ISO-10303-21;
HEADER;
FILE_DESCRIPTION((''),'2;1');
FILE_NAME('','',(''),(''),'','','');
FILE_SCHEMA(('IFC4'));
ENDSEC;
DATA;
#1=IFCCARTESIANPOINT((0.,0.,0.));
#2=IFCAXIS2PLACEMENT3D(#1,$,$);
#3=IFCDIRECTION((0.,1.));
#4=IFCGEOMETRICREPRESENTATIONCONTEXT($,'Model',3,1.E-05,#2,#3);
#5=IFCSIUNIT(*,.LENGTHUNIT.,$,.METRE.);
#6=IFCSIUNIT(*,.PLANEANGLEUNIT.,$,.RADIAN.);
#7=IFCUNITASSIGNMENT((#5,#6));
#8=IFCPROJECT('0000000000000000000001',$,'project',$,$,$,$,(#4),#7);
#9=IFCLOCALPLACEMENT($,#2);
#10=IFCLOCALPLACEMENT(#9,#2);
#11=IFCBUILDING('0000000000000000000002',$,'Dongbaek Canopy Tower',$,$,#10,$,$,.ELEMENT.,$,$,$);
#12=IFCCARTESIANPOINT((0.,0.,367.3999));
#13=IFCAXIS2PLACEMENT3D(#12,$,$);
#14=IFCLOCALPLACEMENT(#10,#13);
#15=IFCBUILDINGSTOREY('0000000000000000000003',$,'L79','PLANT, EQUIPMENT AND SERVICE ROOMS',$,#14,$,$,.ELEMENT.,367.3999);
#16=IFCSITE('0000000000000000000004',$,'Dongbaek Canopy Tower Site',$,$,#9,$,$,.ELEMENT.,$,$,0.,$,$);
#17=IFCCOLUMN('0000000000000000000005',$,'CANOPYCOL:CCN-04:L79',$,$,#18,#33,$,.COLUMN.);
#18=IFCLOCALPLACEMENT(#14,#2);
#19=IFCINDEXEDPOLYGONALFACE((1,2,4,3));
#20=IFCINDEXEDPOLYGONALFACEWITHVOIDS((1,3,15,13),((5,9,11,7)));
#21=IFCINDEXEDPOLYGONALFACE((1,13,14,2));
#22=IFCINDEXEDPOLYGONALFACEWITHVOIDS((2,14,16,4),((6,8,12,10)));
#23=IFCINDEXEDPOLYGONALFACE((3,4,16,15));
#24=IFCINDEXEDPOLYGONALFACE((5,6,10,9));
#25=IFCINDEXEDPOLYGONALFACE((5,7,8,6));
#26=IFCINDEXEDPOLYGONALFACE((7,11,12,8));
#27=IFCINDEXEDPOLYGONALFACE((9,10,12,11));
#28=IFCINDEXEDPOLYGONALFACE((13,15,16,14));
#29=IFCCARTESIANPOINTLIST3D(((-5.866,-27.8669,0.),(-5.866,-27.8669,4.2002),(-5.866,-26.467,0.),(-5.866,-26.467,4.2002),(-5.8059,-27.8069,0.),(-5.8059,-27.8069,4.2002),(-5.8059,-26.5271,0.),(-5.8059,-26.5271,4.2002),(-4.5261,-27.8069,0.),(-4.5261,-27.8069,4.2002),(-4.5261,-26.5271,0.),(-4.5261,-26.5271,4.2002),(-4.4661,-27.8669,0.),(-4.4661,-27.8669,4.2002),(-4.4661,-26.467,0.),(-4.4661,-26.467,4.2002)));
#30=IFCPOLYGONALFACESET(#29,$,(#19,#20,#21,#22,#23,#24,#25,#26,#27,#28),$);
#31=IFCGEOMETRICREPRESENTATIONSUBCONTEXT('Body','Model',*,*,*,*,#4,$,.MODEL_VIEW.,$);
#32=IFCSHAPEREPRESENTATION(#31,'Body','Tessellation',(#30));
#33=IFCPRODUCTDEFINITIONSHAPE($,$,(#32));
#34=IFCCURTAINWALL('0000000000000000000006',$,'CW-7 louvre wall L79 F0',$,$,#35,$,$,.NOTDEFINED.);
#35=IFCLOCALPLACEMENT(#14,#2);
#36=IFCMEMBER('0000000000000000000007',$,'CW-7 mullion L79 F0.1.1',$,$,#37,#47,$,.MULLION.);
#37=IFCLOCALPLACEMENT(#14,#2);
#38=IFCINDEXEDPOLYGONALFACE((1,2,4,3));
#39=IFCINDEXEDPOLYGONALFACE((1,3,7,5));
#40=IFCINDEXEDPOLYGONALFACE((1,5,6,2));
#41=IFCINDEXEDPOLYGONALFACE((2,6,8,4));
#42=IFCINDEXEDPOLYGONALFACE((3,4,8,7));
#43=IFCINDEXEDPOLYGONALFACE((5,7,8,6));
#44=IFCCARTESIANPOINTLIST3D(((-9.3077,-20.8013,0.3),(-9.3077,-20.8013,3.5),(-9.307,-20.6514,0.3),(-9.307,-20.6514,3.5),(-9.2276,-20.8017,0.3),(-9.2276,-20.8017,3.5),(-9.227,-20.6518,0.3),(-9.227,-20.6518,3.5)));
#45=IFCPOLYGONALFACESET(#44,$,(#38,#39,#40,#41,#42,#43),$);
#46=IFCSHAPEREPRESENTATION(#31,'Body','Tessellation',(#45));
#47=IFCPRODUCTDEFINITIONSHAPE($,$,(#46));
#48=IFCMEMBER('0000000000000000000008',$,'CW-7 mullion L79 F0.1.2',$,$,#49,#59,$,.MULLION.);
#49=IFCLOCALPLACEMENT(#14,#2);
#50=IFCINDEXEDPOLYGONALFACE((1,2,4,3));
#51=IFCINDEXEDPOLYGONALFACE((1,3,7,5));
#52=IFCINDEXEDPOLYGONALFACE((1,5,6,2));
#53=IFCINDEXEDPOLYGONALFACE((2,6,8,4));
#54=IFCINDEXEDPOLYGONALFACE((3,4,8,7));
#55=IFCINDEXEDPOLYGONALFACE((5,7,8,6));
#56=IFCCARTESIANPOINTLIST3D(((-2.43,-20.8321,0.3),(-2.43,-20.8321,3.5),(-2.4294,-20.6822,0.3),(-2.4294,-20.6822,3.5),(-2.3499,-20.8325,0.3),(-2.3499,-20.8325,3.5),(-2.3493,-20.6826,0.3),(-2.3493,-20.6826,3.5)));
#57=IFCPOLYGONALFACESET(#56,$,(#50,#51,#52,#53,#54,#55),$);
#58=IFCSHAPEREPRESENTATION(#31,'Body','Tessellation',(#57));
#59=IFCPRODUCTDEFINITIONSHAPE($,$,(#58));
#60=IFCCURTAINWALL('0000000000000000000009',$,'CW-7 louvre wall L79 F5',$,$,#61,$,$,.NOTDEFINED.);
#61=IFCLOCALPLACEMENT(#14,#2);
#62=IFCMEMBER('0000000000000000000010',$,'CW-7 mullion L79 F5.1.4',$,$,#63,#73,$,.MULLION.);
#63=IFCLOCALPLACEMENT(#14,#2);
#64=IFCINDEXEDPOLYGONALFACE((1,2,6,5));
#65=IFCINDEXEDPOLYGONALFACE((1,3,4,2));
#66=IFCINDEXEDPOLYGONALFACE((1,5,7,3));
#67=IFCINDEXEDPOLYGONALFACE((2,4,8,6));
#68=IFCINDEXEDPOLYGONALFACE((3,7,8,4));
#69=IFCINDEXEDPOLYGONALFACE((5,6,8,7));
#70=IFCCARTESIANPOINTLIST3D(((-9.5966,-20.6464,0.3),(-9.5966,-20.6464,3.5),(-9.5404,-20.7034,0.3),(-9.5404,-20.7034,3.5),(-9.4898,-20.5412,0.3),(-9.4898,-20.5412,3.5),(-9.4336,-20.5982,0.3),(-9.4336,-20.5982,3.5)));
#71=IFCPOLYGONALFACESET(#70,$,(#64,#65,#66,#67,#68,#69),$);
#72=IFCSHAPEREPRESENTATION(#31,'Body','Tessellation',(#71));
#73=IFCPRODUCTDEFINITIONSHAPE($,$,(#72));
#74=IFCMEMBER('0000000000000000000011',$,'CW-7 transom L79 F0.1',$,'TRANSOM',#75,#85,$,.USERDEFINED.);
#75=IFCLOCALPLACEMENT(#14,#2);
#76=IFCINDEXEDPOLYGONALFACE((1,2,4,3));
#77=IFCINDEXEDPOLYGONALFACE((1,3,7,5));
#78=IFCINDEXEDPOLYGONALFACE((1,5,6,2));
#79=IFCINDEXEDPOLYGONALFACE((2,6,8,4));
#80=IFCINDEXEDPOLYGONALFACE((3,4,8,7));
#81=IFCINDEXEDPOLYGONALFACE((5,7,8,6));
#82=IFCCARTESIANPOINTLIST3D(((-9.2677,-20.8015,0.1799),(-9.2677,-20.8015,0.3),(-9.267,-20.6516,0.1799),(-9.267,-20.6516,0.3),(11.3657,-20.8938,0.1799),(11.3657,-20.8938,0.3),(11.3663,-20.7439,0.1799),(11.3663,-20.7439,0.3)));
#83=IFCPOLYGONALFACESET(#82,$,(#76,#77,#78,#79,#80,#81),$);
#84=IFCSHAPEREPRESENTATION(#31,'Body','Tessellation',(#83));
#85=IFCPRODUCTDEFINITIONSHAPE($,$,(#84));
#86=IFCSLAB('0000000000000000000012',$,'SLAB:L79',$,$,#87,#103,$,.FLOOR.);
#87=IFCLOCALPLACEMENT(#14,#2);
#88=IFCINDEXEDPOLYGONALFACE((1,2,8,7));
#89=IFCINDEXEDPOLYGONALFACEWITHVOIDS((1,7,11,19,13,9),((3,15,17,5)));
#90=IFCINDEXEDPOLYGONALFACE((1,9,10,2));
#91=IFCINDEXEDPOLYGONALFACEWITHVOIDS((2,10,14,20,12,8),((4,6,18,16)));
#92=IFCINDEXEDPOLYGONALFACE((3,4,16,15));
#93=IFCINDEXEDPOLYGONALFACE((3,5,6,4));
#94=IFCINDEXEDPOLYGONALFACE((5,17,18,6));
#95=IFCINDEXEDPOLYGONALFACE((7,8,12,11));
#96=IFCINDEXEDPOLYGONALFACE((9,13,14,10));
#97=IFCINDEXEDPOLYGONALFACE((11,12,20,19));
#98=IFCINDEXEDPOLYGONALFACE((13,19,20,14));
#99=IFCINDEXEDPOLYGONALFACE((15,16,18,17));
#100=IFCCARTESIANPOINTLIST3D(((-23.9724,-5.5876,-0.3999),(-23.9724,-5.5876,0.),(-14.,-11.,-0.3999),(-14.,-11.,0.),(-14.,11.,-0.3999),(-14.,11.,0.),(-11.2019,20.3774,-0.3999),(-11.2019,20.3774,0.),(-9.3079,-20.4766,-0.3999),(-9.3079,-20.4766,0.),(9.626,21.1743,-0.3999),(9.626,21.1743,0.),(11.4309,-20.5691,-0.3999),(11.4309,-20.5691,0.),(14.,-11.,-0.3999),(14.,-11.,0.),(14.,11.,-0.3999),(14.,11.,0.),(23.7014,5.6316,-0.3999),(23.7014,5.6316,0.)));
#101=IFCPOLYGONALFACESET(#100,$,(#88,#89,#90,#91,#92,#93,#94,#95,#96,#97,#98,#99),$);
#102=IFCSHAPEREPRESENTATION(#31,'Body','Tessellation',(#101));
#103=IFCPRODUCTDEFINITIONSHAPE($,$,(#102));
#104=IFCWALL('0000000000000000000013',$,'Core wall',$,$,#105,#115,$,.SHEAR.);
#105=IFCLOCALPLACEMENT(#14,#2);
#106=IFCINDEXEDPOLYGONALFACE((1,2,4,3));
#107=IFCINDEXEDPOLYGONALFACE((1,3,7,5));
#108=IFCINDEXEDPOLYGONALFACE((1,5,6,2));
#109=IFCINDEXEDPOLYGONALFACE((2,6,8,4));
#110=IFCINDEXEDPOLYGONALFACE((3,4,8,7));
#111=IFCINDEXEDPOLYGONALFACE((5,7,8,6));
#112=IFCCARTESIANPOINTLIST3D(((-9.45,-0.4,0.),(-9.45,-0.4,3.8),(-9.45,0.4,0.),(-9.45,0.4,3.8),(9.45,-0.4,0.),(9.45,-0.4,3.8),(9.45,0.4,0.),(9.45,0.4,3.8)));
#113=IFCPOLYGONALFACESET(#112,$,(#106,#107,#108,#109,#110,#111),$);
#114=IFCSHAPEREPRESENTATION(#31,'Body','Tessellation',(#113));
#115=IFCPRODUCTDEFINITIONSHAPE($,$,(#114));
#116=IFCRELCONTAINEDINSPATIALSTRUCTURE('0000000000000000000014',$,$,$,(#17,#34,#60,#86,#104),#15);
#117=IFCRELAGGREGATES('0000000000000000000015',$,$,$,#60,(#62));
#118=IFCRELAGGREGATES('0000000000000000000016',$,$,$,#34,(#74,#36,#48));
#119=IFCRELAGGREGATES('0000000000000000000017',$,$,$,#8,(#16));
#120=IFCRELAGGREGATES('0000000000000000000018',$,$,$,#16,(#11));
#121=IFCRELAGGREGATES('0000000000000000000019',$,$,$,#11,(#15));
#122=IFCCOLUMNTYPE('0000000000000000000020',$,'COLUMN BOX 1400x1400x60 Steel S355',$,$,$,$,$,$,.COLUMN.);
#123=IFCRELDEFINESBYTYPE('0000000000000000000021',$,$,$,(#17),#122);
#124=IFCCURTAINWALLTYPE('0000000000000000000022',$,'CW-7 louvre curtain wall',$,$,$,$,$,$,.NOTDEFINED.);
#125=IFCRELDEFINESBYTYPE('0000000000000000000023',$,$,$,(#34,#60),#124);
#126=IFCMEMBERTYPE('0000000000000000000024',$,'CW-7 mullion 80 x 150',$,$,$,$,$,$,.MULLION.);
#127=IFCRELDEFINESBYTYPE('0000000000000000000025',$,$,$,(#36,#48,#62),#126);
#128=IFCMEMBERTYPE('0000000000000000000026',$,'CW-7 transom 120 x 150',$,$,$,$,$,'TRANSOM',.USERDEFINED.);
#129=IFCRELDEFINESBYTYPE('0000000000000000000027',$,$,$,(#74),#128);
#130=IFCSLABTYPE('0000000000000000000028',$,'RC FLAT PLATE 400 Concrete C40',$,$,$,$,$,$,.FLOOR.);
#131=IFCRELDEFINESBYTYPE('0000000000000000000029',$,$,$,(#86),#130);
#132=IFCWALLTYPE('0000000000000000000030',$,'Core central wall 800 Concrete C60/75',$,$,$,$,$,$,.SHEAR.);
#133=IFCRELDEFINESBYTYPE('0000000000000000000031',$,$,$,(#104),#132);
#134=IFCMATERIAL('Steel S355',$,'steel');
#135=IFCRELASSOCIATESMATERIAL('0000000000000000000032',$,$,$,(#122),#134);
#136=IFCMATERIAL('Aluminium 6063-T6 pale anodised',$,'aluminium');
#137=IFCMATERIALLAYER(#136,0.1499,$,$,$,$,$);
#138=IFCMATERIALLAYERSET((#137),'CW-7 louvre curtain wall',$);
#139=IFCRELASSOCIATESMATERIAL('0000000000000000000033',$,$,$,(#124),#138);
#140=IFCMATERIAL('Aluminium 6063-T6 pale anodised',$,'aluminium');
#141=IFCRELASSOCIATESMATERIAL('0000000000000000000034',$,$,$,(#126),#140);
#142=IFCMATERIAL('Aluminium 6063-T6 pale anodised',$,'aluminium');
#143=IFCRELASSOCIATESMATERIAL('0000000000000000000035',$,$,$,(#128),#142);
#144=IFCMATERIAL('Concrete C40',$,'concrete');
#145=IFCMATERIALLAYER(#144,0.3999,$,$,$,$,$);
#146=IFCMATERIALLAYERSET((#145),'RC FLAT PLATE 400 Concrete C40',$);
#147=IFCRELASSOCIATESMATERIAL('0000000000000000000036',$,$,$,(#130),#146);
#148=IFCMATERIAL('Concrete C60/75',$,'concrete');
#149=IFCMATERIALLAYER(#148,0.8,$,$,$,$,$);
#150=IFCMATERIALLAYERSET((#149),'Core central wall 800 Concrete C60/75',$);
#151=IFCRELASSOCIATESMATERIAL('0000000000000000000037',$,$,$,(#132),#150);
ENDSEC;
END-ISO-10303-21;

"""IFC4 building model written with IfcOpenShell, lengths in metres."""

from ifc_helpers import new_model, si_unit, direction, frame, frame_2d, origin, origin_2d, place, context, subcontext, project, spatial, polyline, rectangle, hollow_rectangle, outline, extrude, material, layer, layer_set, material_profile, profile_set, type_object, element, aggregate, save


model = new_model("IFC4")

# Units and contexts
model_context = context("Model", 3, precision=1e-05, world=origin(), true_north=direction((0.0, 1.0)))
body_context = subcontext(model_context, "Body", "Model", "MODEL_VIEW")
ifc_project = project(units=[si_unit("LENGTHUNIT", "METRE"), si_unit("PLANEANGLEUNIT", "RADIAN")], contexts=[model_context])

# Site, building, storey
site_placement = place(None, origin())
site = spatial("IfcSite", under=ifc_project, at=site_placement, Name="Dongbaek Canopy Tower Site", CompositionType="ELEMENT", RefElevation=0.0)
building_placement = place(site_placement, origin())
building = spatial("IfcBuilding", under=site, at=building_placement, Name="Dongbaek Canopy Tower", CompositionType="ELEMENT")
storey_placement = place(building_placement, frame((0.0, 0.0, 367.3999)))
storey = spatial("IfcBuildingStorey", under=building, at=storey_placement, Name="L79", Description="PLANT, EQUIPMENT AND SERVICE ROOMS", CompositionType="ELEMENT", Elevation=367.3999)

# Column
ifc_material_1 = material(Name="Steel S355", Category="steel")
ifc_material_profile_1 = material_profile(ifc_material_1, hollow_rectangle(XDim=1.3999, YDim=1.3999, WallThickness=0.0601, at=origin_2d()), Name="COLUMN BOX 1400x1400x60 Steel S355")
ifc_profile_set_1 = profile_set([ifc_material_profile_1], Name="Steel S355")
column_type = type_object("IfcColumnType", Name="COLUMN BOX 1400x1400x60 Steel S355", PredefinedType="COLUMN", material=ifc_profile_set_1)
column_placement = place(storey_placement, frame((-5.166, -27.167, 0.0), z_axis=(0.0, 0.0, 1.0), x_axis=(1.0, 0.0, 0.0)))
element("IfcColumn", 1, at=column_placement, inside=storey, type_object=column_type, Name="CANOPYCOL:CCN-04:L79", PredefinedType="COLUMN", context=body_context, shape_type="SweptSolid", body=[
    extrude(hollow_rectangle(XDim=1.3999, YDim=1.3999, WallThickness=0.0601, at=origin_2d()), origin(), (0.0, 0.0, 1.0), 4.2002),
])

# Curtain wall, members
ifc_material_2 = material(Name="Aluminium 6063-T6 pale anodised", Category="aluminium")
ifc_layer_1 = layer(ifc_material_2, 0.1499)
ifc_layer_set_1 = layer_set([ifc_layer_1], Name="CW-7 louvre curtain wall")
curtain_wall_type = type_object("IfcCurtainWallType", Name="CW-7 louvre curtain wall", PredefinedType="NOTDEFINED", material=ifc_layer_set_1)
curtain_wall_1_placement = place(storey_placement, origin())
curtain_wall_1 = element("IfcCurtainWall", 2, at=curtain_wall_1_placement, inside=storey, type_object=curtain_wall_type, Name="CW-7 louvre wall L79 F0", PredefinedType="NOTDEFINED")
ifc_material_3 = material(Name="Aluminium 6063-T6 pale anodised", Category="aluminium")
ifc_material_profile_2 = material_profile(ifc_material_3, rectangle(XDim=0.1499, YDim=0.0801, at=origin_2d()), Name="CW-7 mullion 80 x 150")
ifc_profile_set_2 = profile_set([ifc_material_profile_2], Name="Aluminium 6063-T6 pale anodised")
member_type_1 = type_object("IfcMemberType", Name="CW-7 mullion 80 x 150", PredefinedType="MULLION", material=ifc_profile_set_2)
member_1_placement = place(storey_placement, frame((-9.2673, -20.7266, 0.3), z_axis=(0.0, 0.0, 1.0), x_axis=(-0.004466, -0.99999, 0.0)))
member_1 = element("IfcMember", 3, at=member_1_placement, type_object=member_type_1, Name="CW-7 mullion L79 F0.1.1", PredefinedType="MULLION", context=body_context, shape_type="SweptSolid", body=[
    extrude(rectangle(XDim=0.1499, YDim=0.0801, at=origin_2d()), origin(), (0.0, 0.0, 1.0), 3.2),
])
member_2_placement = place(storey_placement, frame((-2.3896, -20.7573, 0.3), z_axis=(0.0, 0.0, 1.0), x_axis=(-0.004466, -0.99999, 0.0)))
member_2 = element("IfcMember", 4, at=member_2_placement, type_object=member_type_1, Name="CW-7 mullion L79 F0.1.2", PredefinedType="MULLION", context=body_context, shape_type="SweptSolid", body=[
    extrude(rectangle(XDim=0.1499, YDim=0.0801, at=origin_2d()), origin(), (0.0, 0.0, 1.0), 3.2),
])

# Curtain wall, member
curtain_wall_2_placement = place(storey_placement, origin())
curtain_wall_2 = element("IfcCurtainWall", 5, at=curtain_wall_2_placement, inside=storey, type_object=curtain_wall_type, Name="CW-7 louvre wall L79 F5", PredefinedType="NOTDEFINED")
member_3_placement = place(storey_placement, frame((-9.5151, -20.6223, 0.3), z_axis=(0.0, 0.0, 1.0), x_axis=(-0.712455, -0.701718, 0.0)))
member_3 = element("IfcMember", 6, at=member_3_placement, type_object=member_type_1, Name="CW-7 mullion L79 F5.1.4", PredefinedType="MULLION", context=body_context, shape_type="SweptSolid", body=[
    extrude(rectangle(XDim=0.1499, YDim=0.0801, at=origin_2d()), origin(), (0.0, 0.0, 1.0), 3.2),
])
aggregate(curtain_wall_2, [member_3])

# Member
ifc_material_4 = material(Name="Aluminium 6063-T6 pale anodised", Category="aluminium")
ifc_material_profile_3 = material_profile(ifc_material_4, rectangle(XDim=0.1499, YDim=0.1201, at=origin_2d()), Name="CW-7 transom 120 x 150")
ifc_profile_set_3 = profile_set([ifc_material_profile_3], Name="Aluminium 6063-T6 pale anodised")
member_type_2 = type_object("IfcMemberType", Name="CW-7 transom 120 x 150", ElementType="TRANSOM", PredefinedType="USERDEFINED", material=ifc_profile_set_3)
member_4_placement = place(storey_placement, frame((-9.2673, -20.7266, 0.24), z_axis=(0.99999, -0.004473, 0.0), x_axis=(0.004473, 0.99999, 0.0)))
member_4 = element("IfcMember", 7, at=member_4_placement, type_object=member_type_2, Name="CW-7 transom L79 F0.1", ObjectType="TRANSOM", PredefinedType="USERDEFINED", context=body_context, shape_type="SweptSolid", body=[
    extrude(rectangle(XDim=0.1499, YDim=0.1201, at=origin_2d()), origin(), (0.0, 0.0, 1.0), 20.6335),
])

# Slab
ifc_material_5 = material(Name="Concrete C40", Category="concrete")
ifc_layer_2 = layer(ifc_material_5, 0.3999)
ifc_layer_set_2 = layer_set([ifc_layer_2], Name="RC FLAT PLATE 400 Concrete C40")
slab_type = type_object("IfcSlabType", Name="RC FLAT PLATE 400 Concrete C40", PredefinedType="FLOOR", material=ifc_layer_set_2)
slab_placement = place(storey_placement, frame((0.0, 0.0, -0.3999)))
element("IfcSlab", 8, at=slab_placement, inside=storey, type_object=slab_type, Name="SLAB:L79", PredefinedType="FLOOR", context=body_context, shape_type="SweptSolid", body=[
    extrude(outline(polyline([(-23.9724, -5.5876), (-11.2019, 20.3774), (9.626, 21.1743), (23.7014, 5.6316), (11.4309, -20.5691), (-9.3079, -20.4766), (-23.9724, -5.5876)]), holes=[polyline([(14.0, 11.0), (-14.0, 11.0), (-14.0, -11.0), (14.0, -11.0), (14.0, 11.0)])]), origin(), (0.0, 0.0, 1.0), 0.3999),
])

# Wall
ifc_material_6 = material(Name="Concrete C60/75", Category="concrete")
ifc_layer_3 = layer(ifc_material_6, 0.8)
ifc_layer_set_3 = layer_set([ifc_layer_3], Name="Core central wall 800 Concrete C60/75")
wall_type_1 = type_object("IfcWallType", Name="Core central wall 800 Concrete C60/75", PredefinedType="SHEAR", material=ifc_layer_set_3)
wall_1_placement = place(storey_placement, frame((-9.45, 0.0, 0.0), z_axis=(0.0, 0.0, 1.0), x_axis=(1.0, 0.0, 0.0)))
element("IfcWall", 9, at=wall_1_placement, inside=storey, type_object=wall_type_1, Name="Core wall", PredefinedType="SHEAR", context=body_context, shape_type="SweptSolid", body=[
    extrude(rectangle(XDim=18.8999, YDim=0.8, at=frame_2d((9.45, 0.0))), origin(), (0.0, 0.0, 1.0), 3.8),
])

aggregate(curtain_wall_1, [member_4, member_1, member_2])

save(model, "model.ifc")
